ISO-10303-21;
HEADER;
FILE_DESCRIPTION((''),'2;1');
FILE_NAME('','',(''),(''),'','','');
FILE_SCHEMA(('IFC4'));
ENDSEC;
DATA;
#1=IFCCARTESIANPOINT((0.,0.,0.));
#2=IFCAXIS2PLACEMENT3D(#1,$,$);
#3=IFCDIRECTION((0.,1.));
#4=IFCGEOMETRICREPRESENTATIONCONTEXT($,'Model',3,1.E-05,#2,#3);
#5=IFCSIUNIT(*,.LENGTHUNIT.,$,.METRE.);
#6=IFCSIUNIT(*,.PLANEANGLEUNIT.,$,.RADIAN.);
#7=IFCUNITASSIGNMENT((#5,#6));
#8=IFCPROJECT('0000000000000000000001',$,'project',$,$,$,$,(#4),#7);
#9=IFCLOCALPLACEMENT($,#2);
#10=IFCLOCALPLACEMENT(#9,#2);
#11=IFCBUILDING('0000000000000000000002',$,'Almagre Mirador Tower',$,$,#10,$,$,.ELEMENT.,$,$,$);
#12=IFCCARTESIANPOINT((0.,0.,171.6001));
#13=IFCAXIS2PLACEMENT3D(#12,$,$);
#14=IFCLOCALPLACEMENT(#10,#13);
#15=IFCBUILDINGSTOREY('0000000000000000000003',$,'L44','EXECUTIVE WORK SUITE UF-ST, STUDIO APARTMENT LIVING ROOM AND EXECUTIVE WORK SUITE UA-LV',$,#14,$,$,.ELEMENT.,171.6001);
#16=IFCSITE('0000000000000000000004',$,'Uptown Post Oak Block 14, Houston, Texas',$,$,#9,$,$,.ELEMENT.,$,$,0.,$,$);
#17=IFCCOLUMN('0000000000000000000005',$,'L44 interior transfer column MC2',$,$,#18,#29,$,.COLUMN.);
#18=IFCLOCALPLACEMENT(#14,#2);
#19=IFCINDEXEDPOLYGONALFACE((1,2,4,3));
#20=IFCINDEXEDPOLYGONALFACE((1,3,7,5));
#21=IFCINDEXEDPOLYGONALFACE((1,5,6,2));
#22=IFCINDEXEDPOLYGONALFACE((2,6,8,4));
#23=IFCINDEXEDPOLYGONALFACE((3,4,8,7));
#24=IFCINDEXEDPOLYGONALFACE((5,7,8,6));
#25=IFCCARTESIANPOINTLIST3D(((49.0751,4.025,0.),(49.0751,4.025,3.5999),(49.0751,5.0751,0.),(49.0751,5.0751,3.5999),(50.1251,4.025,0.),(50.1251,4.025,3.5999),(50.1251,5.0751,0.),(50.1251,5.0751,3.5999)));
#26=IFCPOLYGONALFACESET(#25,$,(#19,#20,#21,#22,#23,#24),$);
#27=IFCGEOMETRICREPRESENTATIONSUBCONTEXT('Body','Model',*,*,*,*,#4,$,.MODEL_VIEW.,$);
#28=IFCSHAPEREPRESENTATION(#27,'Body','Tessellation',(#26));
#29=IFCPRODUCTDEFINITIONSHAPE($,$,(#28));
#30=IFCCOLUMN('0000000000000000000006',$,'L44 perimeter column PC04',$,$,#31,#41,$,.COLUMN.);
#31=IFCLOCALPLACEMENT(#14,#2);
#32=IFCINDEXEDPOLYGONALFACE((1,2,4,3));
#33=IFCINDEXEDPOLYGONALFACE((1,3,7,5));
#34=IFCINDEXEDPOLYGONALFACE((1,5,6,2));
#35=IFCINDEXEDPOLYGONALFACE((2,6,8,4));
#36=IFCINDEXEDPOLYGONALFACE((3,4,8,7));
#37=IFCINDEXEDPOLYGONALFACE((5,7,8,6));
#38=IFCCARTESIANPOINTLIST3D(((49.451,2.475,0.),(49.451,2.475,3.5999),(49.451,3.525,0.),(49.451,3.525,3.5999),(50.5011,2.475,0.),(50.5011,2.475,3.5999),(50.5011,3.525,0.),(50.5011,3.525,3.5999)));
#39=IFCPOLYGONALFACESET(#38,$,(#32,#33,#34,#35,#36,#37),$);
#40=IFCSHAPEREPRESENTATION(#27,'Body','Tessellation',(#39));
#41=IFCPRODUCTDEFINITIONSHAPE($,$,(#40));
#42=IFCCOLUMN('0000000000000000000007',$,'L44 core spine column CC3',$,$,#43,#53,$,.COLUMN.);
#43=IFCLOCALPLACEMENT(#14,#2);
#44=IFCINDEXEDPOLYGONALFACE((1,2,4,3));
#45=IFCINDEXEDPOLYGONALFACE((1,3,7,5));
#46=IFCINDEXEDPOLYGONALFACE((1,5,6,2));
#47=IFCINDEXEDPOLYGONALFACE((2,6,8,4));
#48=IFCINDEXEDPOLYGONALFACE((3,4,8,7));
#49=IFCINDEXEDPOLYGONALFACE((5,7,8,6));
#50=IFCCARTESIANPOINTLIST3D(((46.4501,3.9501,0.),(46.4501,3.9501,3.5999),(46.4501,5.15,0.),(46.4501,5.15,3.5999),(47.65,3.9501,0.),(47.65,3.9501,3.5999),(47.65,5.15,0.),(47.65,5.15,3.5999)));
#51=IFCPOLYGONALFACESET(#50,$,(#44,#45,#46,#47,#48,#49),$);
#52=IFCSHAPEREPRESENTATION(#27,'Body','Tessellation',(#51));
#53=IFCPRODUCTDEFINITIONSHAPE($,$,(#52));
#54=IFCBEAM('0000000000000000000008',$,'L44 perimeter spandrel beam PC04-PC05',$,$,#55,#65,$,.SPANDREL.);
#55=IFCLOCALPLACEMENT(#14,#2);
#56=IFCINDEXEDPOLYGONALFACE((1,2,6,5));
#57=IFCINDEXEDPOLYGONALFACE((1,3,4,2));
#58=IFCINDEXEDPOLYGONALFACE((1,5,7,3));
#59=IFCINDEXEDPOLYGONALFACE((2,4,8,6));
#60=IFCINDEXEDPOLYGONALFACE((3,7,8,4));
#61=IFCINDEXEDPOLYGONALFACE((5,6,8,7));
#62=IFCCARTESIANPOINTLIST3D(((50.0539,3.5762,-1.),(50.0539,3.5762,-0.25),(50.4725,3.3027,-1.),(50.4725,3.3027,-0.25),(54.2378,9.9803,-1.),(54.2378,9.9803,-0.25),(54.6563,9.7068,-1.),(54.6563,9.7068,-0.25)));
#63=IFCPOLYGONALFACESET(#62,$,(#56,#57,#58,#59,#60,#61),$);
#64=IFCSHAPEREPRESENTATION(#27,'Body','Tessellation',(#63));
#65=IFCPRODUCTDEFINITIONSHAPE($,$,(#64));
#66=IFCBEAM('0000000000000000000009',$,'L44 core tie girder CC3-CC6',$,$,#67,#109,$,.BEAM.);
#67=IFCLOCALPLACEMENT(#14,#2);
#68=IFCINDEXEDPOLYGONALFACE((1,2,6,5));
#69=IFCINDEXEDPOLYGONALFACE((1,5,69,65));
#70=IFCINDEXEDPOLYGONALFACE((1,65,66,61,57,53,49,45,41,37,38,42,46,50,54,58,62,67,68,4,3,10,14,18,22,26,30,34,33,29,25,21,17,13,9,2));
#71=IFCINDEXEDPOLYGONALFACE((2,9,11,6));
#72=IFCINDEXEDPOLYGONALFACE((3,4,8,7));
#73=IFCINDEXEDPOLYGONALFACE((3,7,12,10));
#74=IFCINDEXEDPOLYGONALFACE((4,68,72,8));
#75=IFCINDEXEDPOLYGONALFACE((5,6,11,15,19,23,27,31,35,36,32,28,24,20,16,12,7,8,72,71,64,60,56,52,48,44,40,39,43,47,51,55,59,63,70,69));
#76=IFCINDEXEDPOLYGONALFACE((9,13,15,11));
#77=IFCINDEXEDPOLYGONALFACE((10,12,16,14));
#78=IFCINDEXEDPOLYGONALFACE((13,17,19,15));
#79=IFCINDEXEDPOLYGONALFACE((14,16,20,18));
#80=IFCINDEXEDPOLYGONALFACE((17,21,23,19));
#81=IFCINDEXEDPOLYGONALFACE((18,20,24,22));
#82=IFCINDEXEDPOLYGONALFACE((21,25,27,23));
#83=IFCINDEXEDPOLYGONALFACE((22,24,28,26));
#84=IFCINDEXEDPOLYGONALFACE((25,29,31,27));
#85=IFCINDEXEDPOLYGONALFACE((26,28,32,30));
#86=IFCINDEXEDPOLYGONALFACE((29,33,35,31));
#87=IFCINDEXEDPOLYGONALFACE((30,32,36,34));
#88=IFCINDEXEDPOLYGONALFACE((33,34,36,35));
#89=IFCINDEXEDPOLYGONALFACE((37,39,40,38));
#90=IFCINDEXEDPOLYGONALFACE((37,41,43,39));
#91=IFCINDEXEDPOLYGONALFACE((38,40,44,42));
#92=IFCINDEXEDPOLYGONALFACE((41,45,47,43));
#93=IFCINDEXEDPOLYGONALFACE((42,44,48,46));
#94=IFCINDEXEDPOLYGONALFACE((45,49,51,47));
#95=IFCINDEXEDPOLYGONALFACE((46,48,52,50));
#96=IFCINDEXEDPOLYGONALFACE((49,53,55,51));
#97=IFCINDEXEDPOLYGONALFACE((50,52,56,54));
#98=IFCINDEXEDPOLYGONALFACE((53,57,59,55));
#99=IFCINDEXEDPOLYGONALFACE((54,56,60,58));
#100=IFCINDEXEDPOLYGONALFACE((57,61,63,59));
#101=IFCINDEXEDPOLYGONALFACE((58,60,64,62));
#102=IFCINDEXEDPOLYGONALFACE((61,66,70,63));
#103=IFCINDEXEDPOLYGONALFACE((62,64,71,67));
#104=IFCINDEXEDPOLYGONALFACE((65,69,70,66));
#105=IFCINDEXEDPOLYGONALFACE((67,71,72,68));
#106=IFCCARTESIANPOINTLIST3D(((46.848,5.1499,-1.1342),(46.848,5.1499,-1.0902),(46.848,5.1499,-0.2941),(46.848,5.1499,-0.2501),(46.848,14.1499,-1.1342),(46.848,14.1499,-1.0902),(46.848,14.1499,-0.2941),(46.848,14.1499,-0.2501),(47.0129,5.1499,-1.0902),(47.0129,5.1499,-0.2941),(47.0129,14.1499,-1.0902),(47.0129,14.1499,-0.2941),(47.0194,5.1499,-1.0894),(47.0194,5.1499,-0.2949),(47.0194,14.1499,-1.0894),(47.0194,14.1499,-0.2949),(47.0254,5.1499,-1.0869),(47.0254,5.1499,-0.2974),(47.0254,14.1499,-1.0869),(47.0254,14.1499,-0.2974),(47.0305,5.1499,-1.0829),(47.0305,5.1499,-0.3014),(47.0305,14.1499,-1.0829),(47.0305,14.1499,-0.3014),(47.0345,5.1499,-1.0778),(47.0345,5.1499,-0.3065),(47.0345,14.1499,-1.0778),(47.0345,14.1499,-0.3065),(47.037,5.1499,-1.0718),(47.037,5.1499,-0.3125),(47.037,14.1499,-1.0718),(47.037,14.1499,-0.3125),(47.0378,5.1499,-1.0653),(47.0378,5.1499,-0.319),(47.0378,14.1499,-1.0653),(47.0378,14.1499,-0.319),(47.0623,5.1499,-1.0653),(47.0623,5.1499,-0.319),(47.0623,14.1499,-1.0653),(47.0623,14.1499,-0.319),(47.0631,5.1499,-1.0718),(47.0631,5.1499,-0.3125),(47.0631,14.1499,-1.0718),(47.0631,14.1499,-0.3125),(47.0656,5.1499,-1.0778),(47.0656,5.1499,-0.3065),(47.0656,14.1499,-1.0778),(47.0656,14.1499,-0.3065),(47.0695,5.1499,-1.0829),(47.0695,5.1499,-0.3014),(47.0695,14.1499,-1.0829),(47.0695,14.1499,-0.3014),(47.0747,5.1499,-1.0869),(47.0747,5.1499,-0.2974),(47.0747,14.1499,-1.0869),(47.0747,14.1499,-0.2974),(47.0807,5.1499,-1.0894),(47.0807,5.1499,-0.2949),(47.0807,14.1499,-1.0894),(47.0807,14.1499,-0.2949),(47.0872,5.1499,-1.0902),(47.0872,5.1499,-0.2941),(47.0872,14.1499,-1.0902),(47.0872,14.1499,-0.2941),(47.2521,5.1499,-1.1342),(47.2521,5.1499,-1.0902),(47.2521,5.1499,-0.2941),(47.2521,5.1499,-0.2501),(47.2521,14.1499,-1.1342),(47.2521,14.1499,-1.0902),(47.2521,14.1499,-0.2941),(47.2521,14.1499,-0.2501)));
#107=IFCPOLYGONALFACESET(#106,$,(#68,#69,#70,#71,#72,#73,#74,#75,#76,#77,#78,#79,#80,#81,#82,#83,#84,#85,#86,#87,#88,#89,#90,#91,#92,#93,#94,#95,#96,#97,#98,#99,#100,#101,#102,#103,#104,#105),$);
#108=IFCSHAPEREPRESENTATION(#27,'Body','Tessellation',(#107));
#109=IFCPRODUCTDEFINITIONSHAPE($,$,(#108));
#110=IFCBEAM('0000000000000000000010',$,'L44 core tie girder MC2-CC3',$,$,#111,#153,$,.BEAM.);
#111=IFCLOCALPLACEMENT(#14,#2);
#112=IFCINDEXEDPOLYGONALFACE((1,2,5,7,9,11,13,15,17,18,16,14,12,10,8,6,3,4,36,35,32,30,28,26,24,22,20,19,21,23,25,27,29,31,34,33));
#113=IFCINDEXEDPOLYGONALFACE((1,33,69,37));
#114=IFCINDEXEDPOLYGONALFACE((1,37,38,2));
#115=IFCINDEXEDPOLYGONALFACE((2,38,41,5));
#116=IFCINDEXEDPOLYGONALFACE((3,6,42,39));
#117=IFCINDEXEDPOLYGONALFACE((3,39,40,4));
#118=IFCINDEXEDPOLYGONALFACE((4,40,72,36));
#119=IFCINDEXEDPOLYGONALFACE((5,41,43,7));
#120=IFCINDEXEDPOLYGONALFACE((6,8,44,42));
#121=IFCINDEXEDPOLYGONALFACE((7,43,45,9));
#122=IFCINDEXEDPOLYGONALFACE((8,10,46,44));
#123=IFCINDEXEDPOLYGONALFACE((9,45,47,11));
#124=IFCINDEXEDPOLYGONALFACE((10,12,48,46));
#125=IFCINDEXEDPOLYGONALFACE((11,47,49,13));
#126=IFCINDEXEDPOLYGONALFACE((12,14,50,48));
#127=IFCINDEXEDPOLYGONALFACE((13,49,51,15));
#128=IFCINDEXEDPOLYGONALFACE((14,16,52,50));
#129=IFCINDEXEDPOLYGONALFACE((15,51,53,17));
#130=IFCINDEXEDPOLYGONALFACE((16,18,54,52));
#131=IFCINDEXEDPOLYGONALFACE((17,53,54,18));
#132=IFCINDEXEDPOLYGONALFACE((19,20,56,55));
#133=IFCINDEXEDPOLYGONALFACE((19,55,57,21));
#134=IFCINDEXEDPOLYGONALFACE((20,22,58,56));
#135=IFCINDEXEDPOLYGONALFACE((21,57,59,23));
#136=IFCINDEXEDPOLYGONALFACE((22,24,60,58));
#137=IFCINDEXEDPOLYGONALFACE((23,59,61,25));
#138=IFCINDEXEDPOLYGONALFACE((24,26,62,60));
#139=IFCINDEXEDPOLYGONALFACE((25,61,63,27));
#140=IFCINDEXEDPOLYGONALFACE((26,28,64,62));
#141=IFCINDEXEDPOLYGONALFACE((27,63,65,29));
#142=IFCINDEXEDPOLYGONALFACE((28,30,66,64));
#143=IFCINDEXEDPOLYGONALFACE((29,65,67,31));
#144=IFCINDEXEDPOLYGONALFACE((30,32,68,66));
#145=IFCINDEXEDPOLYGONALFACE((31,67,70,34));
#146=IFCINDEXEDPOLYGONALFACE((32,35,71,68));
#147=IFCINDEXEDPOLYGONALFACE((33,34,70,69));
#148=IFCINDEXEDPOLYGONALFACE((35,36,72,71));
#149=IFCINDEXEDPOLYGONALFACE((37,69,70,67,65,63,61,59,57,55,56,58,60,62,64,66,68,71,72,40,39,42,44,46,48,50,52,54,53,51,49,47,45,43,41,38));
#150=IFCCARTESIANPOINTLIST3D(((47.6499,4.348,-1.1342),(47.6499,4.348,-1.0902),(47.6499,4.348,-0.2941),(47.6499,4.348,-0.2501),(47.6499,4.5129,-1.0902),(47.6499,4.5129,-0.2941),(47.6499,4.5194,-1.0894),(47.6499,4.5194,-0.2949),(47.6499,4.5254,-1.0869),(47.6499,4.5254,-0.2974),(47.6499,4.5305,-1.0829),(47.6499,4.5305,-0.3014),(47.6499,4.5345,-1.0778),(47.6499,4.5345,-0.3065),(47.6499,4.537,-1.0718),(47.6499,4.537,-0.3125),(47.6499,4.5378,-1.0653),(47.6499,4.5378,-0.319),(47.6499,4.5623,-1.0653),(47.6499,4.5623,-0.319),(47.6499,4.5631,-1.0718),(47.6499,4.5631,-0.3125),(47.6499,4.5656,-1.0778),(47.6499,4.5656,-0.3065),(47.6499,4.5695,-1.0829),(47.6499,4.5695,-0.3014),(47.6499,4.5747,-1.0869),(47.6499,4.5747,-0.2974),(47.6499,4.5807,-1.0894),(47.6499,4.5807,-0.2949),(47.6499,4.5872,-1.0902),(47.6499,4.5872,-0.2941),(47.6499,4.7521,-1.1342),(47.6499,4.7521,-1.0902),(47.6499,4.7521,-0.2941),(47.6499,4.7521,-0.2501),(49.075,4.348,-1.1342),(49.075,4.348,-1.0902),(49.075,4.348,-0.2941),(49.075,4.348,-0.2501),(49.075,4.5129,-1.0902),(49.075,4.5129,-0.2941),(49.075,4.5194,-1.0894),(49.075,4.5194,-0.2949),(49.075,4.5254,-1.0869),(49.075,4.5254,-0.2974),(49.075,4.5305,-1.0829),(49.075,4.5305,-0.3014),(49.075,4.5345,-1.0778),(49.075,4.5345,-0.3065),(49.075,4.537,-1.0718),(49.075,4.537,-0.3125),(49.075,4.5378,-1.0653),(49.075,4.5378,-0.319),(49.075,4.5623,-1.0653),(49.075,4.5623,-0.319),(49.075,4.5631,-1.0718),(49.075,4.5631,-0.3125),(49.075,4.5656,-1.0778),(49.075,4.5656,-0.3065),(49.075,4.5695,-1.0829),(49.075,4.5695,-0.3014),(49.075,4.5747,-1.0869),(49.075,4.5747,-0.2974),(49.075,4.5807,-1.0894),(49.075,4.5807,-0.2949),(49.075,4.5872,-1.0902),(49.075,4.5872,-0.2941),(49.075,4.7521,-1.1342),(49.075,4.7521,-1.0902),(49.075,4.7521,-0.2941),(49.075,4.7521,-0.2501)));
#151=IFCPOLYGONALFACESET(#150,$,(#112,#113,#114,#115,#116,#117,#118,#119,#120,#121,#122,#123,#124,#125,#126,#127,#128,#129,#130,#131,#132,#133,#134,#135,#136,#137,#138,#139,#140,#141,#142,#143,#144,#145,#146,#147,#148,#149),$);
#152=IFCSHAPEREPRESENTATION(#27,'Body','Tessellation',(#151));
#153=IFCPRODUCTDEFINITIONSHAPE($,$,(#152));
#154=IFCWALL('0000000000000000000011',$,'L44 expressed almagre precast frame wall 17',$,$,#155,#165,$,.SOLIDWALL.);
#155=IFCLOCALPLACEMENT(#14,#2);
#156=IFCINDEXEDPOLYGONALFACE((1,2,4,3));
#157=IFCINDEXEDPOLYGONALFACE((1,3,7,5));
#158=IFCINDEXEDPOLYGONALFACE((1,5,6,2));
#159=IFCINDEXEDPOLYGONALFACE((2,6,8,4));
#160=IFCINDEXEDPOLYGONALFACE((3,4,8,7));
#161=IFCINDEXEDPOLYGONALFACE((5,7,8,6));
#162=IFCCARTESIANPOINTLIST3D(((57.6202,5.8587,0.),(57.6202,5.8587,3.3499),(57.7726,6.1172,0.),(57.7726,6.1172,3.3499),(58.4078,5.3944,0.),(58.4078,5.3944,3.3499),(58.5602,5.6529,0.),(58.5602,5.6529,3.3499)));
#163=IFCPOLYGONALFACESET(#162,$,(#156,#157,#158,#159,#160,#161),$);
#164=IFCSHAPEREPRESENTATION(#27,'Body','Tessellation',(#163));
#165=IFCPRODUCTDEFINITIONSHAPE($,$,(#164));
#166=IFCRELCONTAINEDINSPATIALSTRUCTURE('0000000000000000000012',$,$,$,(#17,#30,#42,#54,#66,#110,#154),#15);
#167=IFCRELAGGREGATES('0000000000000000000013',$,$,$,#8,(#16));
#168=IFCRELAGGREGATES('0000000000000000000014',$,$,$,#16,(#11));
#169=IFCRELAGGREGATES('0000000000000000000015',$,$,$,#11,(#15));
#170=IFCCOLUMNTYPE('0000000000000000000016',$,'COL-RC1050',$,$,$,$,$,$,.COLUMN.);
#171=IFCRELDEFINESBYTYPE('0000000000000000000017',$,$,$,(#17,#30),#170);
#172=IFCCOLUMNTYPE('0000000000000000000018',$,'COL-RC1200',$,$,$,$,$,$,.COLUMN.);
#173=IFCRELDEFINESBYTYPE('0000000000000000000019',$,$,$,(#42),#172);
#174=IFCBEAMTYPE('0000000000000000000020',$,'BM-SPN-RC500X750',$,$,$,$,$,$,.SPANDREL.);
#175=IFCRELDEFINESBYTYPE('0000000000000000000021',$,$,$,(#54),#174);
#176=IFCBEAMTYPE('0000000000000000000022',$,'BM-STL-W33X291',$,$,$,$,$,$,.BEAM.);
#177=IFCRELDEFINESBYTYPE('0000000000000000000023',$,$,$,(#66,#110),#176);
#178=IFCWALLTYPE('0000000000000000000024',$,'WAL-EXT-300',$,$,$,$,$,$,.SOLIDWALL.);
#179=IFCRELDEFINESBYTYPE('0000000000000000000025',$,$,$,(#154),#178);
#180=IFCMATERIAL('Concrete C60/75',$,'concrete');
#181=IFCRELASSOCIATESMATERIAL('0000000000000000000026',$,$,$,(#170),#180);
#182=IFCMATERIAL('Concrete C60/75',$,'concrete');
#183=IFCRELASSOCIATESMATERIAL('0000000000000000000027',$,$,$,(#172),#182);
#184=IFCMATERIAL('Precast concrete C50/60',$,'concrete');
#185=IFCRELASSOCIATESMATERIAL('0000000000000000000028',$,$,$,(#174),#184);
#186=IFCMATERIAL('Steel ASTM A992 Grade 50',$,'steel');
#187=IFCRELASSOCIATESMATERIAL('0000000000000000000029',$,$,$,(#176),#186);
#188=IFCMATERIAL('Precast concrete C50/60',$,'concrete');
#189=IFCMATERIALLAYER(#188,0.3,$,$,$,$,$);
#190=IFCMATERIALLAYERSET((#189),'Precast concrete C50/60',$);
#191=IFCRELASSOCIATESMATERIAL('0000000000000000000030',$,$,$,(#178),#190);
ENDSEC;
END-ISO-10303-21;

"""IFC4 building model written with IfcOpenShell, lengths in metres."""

from ifc_helpers import new_model, si_unit, direction, frame, frame_2d, origin, origin_2d, place, context, subcontext, project, spatial, rectangle, i_section, extrude, material, layer, layer_set, material_profile, profile_set, type_object, element, save


model = new_model("IFC4")

# Units and contexts
model_context = context("Model", 3, precision=1e-05, world=origin(), true_north=direction((0.0, 1.0)))
body_context = subcontext(model_context, "Body", "Model", "MODEL_VIEW")
ifc_project = project(units=[si_unit("LENGTHUNIT", "METRE"), si_unit("PLANEANGLEUNIT", "RADIAN")], contexts=[model_context])

# Site, building, storey
site_placement = place(None, origin())
site = spatial("IfcSite", under=ifc_project, at=site_placement, Name="Uptown Post Oak Block 14, Houston, Texas", CompositionType="ELEMENT", RefElevation=0.0)
building_placement = place(site_placement, origin())
building = spatial("IfcBuilding", under=site, at=building_placement, Name="Almagre Mirador Tower", CompositionType="ELEMENT")
storey_placement = place(building_placement, frame((0.0, 0.0, 171.6001)))
storey = spatial("IfcBuildingStorey", under=building, at=storey_placement, Name="L44", Description="EXECUTIVE WORK SUITE UF-ST, STUDIO APARTMENT LIVING ROOM AND EXECUTIVE WORK SUITE UA-LV", CompositionType="ELEMENT", Elevation=171.6001)

# Columns
ifc_material_1 = material(Name="Concrete C60/75", Category="concrete")
ifc_material_profile_1 = material_profile(ifc_material_1, rectangle(XDim=1.05, YDim=1.05, at=origin_2d()), Name="RC1050X1050")
ifc_profile_set_1 = profile_set([ifc_material_profile_1], Name="Concrete C60/75")
column_type_1 = type_object("IfcColumnType", Name="COL-RC1050", PredefinedType="COLUMN", material=ifc_profile_set_1)
for number, where, z_axis, x_axis, name in (
    (1, (49.6001, 4.55, 0.0), (0.0, 0.0, 1.0), (1.0, 0.0, 0.0), "L44 interior transfer column MC2"),
    (2, (49.9761, 3.0, 0.0), (0.0, 0.0, 1.0), (1.0, 0.0, 0.0), "L44 perimeter column PC04"),
):
    element("IfcColumn", number, at=place(storey_placement, frame(where, z_axis=z_axis, x_axis=x_axis)), inside=storey, type_object=column_type_1, Name=name, PredefinedType="COLUMN", context=body_context, shape_type="SweptSolid", body=[
        extrude(rectangle(XDim=1.05, YDim=1.05, at=origin_2d()), origin(), (0.0, 0.0, 1.0), 3.5999),
    ])
ifc_material_2 = material(Name="Concrete C60/75", Category="concrete")
ifc_material_profile_2 = material_profile(ifc_material_2, rectangle(XDim=1.2, YDim=1.2, at=origin_2d()), Name="RC1200X1200")
ifc_profile_set_2 = profile_set([ifc_material_profile_2], Name="Concrete C60/75")
column_type_2 = type_object("IfcColumnType", Name="COL-RC1200", PredefinedType="COLUMN", material=ifc_profile_set_2)
column_placement = place(storey_placement, frame((47.05, 4.55, 0.0), z_axis=(0.0, 0.0, 1.0), x_axis=(1.0, 0.0, 0.0)))
element("IfcColumn", 3, at=column_placement, inside=storey, type_object=column_type_2, Name="L44 core spine column CC3", PredefinedType="COLUMN", context=body_context, shape_type="SweptSolid", body=[
    extrude(rectangle(XDim=1.2, YDim=1.2, at=origin_2d()), origin(), (0.0, 0.0, 1.0), 3.5999),
])

# Beams
ifc_material_3 = material(Name="Precast concrete C50/60", Category="concrete")
ifc_material_profile_3 = material_profile(ifc_material_3, rectangle(XDim=0.5, YDim=0.75, at=origin_2d()), Name="RC500X750")
ifc_profile_set_3 = profile_set([ifc_material_profile_3], Name="Precast concrete C50/60")
beam_type_1 = type_object("IfcBeamType", Name="BM-SPN-RC500X750", PredefinedType="SPANDREL", material=ifc_profile_set_3)
beam_1_placement = place(storey_placement, frame((50.2632, 3.4395, -0.625), z_axis=(0.546935, 0.837175, 0.0), x_axis=(-0.837175, 0.546935, 0.0)))
element("IfcBeam", 4, at=beam_1_placement, inside=storey, type_object=beam_type_1, Name="L44 perimeter spandrel beam PC04-PC05", PredefinedType="SPANDREL", context=body_context, shape_type="SweptSolid", body=[
    extrude(rectangle(XDim=0.5, YDim=0.75, at=origin_2d()), origin(), (0.0, 0.0, 1.0), 7.6497),
])
ifc_material_4 = material(Name="Steel ASTM A992 Grade 50", Category="steel")
ifc_material_profile_4 = material_profile(ifc_material_4, i_section(OverallWidth=0.4041, OverallDepth=0.884, WebThickness=0.0244, FlangeThickness=0.0439, FilletRadius=0.0249, at=origin_2d()), Name="W33X291")
ifc_profile_set_4 = profile_set([ifc_material_profile_4], Name="Steel ASTM A992 Grade 50")
beam_type_2 = type_object("IfcBeamType", Name="BM-STL-W33X291", PredefinedType="BEAM", material=ifc_profile_set_4)
beam_2_placement = place(storey_placement, frame((47.05, 5.1499, -0.6921), z_axis=(0.0, 1.0, 0.0), x_axis=(-1.0, 0.0, 0.0)))
element("IfcBeam", 5, at=beam_2_placement, inside=storey, type_object=beam_type_2, Name="L44 core tie girder CC3-CC6", PredefinedType="BEAM", context=body_context, shape_type="SweptSolid", body=[
    extrude(i_section(OverallWidth=0.4041, OverallDepth=0.884, WebThickness=0.0244, FlangeThickness=0.0439, FilletRadius=0.0249, at=origin_2d()), origin(), (0.0, 0.0, 1.0), 9.0),
])
beam_3_placement = place(storey_placement, frame((49.075, 4.55, -0.6921), z_axis=(-1.0, 0.0, 0.0), x_axis=(0.0, -1.0, 0.0)))
element("IfcBeam", 6, at=beam_3_placement, inside=storey, type_object=beam_type_2, Name="L44 core tie girder MC2-CC3", PredefinedType="BEAM", context=body_context, shape_type="SweptSolid", body=[
    extrude(i_section(OverallWidth=0.4041, OverallDepth=0.884, WebThickness=0.0244, FlangeThickness=0.0439, FilletRadius=0.0249, at=origin_2d()), origin(), (0.0, 0.0, 1.0), 1.425),
])

# Wall
ifc_material_5 = material(Name="Precast concrete C50/60", Category="concrete")
ifc_layer_1 = layer(ifc_material_5, 0.3)
ifc_layer_set_1 = layer_set([ifc_layer_1], Name="Precast concrete C50/60")
wall_type_1 = type_object("IfcWallType", Name="WAL-EXT-300", PredefinedType="SOLIDWALL", material=ifc_layer_set_1)
wall_1_placement = place(storey_placement, frame((58.4839, 5.5237, 0.0), z_axis=(0.0, 0.0, 1.0), x_axis=(-0.861426, 0.507883, 0.0)))
element("IfcWall", 7, at=wall_1_placement, inside=storey, type_object=wall_type_1, Name="L44 expressed almagre precast frame wall 17", PredefinedType="SOLIDWALL", context=body_context, shape_type="SweptSolid", body=[
    extrude(rectangle(XDim=0.9143, YDim=0.3, at=frame_2d((0.457, 0.0))), origin(), (0.0, 0.0, 1.0), 3.3499),
])

save(model, "model.ifc")
